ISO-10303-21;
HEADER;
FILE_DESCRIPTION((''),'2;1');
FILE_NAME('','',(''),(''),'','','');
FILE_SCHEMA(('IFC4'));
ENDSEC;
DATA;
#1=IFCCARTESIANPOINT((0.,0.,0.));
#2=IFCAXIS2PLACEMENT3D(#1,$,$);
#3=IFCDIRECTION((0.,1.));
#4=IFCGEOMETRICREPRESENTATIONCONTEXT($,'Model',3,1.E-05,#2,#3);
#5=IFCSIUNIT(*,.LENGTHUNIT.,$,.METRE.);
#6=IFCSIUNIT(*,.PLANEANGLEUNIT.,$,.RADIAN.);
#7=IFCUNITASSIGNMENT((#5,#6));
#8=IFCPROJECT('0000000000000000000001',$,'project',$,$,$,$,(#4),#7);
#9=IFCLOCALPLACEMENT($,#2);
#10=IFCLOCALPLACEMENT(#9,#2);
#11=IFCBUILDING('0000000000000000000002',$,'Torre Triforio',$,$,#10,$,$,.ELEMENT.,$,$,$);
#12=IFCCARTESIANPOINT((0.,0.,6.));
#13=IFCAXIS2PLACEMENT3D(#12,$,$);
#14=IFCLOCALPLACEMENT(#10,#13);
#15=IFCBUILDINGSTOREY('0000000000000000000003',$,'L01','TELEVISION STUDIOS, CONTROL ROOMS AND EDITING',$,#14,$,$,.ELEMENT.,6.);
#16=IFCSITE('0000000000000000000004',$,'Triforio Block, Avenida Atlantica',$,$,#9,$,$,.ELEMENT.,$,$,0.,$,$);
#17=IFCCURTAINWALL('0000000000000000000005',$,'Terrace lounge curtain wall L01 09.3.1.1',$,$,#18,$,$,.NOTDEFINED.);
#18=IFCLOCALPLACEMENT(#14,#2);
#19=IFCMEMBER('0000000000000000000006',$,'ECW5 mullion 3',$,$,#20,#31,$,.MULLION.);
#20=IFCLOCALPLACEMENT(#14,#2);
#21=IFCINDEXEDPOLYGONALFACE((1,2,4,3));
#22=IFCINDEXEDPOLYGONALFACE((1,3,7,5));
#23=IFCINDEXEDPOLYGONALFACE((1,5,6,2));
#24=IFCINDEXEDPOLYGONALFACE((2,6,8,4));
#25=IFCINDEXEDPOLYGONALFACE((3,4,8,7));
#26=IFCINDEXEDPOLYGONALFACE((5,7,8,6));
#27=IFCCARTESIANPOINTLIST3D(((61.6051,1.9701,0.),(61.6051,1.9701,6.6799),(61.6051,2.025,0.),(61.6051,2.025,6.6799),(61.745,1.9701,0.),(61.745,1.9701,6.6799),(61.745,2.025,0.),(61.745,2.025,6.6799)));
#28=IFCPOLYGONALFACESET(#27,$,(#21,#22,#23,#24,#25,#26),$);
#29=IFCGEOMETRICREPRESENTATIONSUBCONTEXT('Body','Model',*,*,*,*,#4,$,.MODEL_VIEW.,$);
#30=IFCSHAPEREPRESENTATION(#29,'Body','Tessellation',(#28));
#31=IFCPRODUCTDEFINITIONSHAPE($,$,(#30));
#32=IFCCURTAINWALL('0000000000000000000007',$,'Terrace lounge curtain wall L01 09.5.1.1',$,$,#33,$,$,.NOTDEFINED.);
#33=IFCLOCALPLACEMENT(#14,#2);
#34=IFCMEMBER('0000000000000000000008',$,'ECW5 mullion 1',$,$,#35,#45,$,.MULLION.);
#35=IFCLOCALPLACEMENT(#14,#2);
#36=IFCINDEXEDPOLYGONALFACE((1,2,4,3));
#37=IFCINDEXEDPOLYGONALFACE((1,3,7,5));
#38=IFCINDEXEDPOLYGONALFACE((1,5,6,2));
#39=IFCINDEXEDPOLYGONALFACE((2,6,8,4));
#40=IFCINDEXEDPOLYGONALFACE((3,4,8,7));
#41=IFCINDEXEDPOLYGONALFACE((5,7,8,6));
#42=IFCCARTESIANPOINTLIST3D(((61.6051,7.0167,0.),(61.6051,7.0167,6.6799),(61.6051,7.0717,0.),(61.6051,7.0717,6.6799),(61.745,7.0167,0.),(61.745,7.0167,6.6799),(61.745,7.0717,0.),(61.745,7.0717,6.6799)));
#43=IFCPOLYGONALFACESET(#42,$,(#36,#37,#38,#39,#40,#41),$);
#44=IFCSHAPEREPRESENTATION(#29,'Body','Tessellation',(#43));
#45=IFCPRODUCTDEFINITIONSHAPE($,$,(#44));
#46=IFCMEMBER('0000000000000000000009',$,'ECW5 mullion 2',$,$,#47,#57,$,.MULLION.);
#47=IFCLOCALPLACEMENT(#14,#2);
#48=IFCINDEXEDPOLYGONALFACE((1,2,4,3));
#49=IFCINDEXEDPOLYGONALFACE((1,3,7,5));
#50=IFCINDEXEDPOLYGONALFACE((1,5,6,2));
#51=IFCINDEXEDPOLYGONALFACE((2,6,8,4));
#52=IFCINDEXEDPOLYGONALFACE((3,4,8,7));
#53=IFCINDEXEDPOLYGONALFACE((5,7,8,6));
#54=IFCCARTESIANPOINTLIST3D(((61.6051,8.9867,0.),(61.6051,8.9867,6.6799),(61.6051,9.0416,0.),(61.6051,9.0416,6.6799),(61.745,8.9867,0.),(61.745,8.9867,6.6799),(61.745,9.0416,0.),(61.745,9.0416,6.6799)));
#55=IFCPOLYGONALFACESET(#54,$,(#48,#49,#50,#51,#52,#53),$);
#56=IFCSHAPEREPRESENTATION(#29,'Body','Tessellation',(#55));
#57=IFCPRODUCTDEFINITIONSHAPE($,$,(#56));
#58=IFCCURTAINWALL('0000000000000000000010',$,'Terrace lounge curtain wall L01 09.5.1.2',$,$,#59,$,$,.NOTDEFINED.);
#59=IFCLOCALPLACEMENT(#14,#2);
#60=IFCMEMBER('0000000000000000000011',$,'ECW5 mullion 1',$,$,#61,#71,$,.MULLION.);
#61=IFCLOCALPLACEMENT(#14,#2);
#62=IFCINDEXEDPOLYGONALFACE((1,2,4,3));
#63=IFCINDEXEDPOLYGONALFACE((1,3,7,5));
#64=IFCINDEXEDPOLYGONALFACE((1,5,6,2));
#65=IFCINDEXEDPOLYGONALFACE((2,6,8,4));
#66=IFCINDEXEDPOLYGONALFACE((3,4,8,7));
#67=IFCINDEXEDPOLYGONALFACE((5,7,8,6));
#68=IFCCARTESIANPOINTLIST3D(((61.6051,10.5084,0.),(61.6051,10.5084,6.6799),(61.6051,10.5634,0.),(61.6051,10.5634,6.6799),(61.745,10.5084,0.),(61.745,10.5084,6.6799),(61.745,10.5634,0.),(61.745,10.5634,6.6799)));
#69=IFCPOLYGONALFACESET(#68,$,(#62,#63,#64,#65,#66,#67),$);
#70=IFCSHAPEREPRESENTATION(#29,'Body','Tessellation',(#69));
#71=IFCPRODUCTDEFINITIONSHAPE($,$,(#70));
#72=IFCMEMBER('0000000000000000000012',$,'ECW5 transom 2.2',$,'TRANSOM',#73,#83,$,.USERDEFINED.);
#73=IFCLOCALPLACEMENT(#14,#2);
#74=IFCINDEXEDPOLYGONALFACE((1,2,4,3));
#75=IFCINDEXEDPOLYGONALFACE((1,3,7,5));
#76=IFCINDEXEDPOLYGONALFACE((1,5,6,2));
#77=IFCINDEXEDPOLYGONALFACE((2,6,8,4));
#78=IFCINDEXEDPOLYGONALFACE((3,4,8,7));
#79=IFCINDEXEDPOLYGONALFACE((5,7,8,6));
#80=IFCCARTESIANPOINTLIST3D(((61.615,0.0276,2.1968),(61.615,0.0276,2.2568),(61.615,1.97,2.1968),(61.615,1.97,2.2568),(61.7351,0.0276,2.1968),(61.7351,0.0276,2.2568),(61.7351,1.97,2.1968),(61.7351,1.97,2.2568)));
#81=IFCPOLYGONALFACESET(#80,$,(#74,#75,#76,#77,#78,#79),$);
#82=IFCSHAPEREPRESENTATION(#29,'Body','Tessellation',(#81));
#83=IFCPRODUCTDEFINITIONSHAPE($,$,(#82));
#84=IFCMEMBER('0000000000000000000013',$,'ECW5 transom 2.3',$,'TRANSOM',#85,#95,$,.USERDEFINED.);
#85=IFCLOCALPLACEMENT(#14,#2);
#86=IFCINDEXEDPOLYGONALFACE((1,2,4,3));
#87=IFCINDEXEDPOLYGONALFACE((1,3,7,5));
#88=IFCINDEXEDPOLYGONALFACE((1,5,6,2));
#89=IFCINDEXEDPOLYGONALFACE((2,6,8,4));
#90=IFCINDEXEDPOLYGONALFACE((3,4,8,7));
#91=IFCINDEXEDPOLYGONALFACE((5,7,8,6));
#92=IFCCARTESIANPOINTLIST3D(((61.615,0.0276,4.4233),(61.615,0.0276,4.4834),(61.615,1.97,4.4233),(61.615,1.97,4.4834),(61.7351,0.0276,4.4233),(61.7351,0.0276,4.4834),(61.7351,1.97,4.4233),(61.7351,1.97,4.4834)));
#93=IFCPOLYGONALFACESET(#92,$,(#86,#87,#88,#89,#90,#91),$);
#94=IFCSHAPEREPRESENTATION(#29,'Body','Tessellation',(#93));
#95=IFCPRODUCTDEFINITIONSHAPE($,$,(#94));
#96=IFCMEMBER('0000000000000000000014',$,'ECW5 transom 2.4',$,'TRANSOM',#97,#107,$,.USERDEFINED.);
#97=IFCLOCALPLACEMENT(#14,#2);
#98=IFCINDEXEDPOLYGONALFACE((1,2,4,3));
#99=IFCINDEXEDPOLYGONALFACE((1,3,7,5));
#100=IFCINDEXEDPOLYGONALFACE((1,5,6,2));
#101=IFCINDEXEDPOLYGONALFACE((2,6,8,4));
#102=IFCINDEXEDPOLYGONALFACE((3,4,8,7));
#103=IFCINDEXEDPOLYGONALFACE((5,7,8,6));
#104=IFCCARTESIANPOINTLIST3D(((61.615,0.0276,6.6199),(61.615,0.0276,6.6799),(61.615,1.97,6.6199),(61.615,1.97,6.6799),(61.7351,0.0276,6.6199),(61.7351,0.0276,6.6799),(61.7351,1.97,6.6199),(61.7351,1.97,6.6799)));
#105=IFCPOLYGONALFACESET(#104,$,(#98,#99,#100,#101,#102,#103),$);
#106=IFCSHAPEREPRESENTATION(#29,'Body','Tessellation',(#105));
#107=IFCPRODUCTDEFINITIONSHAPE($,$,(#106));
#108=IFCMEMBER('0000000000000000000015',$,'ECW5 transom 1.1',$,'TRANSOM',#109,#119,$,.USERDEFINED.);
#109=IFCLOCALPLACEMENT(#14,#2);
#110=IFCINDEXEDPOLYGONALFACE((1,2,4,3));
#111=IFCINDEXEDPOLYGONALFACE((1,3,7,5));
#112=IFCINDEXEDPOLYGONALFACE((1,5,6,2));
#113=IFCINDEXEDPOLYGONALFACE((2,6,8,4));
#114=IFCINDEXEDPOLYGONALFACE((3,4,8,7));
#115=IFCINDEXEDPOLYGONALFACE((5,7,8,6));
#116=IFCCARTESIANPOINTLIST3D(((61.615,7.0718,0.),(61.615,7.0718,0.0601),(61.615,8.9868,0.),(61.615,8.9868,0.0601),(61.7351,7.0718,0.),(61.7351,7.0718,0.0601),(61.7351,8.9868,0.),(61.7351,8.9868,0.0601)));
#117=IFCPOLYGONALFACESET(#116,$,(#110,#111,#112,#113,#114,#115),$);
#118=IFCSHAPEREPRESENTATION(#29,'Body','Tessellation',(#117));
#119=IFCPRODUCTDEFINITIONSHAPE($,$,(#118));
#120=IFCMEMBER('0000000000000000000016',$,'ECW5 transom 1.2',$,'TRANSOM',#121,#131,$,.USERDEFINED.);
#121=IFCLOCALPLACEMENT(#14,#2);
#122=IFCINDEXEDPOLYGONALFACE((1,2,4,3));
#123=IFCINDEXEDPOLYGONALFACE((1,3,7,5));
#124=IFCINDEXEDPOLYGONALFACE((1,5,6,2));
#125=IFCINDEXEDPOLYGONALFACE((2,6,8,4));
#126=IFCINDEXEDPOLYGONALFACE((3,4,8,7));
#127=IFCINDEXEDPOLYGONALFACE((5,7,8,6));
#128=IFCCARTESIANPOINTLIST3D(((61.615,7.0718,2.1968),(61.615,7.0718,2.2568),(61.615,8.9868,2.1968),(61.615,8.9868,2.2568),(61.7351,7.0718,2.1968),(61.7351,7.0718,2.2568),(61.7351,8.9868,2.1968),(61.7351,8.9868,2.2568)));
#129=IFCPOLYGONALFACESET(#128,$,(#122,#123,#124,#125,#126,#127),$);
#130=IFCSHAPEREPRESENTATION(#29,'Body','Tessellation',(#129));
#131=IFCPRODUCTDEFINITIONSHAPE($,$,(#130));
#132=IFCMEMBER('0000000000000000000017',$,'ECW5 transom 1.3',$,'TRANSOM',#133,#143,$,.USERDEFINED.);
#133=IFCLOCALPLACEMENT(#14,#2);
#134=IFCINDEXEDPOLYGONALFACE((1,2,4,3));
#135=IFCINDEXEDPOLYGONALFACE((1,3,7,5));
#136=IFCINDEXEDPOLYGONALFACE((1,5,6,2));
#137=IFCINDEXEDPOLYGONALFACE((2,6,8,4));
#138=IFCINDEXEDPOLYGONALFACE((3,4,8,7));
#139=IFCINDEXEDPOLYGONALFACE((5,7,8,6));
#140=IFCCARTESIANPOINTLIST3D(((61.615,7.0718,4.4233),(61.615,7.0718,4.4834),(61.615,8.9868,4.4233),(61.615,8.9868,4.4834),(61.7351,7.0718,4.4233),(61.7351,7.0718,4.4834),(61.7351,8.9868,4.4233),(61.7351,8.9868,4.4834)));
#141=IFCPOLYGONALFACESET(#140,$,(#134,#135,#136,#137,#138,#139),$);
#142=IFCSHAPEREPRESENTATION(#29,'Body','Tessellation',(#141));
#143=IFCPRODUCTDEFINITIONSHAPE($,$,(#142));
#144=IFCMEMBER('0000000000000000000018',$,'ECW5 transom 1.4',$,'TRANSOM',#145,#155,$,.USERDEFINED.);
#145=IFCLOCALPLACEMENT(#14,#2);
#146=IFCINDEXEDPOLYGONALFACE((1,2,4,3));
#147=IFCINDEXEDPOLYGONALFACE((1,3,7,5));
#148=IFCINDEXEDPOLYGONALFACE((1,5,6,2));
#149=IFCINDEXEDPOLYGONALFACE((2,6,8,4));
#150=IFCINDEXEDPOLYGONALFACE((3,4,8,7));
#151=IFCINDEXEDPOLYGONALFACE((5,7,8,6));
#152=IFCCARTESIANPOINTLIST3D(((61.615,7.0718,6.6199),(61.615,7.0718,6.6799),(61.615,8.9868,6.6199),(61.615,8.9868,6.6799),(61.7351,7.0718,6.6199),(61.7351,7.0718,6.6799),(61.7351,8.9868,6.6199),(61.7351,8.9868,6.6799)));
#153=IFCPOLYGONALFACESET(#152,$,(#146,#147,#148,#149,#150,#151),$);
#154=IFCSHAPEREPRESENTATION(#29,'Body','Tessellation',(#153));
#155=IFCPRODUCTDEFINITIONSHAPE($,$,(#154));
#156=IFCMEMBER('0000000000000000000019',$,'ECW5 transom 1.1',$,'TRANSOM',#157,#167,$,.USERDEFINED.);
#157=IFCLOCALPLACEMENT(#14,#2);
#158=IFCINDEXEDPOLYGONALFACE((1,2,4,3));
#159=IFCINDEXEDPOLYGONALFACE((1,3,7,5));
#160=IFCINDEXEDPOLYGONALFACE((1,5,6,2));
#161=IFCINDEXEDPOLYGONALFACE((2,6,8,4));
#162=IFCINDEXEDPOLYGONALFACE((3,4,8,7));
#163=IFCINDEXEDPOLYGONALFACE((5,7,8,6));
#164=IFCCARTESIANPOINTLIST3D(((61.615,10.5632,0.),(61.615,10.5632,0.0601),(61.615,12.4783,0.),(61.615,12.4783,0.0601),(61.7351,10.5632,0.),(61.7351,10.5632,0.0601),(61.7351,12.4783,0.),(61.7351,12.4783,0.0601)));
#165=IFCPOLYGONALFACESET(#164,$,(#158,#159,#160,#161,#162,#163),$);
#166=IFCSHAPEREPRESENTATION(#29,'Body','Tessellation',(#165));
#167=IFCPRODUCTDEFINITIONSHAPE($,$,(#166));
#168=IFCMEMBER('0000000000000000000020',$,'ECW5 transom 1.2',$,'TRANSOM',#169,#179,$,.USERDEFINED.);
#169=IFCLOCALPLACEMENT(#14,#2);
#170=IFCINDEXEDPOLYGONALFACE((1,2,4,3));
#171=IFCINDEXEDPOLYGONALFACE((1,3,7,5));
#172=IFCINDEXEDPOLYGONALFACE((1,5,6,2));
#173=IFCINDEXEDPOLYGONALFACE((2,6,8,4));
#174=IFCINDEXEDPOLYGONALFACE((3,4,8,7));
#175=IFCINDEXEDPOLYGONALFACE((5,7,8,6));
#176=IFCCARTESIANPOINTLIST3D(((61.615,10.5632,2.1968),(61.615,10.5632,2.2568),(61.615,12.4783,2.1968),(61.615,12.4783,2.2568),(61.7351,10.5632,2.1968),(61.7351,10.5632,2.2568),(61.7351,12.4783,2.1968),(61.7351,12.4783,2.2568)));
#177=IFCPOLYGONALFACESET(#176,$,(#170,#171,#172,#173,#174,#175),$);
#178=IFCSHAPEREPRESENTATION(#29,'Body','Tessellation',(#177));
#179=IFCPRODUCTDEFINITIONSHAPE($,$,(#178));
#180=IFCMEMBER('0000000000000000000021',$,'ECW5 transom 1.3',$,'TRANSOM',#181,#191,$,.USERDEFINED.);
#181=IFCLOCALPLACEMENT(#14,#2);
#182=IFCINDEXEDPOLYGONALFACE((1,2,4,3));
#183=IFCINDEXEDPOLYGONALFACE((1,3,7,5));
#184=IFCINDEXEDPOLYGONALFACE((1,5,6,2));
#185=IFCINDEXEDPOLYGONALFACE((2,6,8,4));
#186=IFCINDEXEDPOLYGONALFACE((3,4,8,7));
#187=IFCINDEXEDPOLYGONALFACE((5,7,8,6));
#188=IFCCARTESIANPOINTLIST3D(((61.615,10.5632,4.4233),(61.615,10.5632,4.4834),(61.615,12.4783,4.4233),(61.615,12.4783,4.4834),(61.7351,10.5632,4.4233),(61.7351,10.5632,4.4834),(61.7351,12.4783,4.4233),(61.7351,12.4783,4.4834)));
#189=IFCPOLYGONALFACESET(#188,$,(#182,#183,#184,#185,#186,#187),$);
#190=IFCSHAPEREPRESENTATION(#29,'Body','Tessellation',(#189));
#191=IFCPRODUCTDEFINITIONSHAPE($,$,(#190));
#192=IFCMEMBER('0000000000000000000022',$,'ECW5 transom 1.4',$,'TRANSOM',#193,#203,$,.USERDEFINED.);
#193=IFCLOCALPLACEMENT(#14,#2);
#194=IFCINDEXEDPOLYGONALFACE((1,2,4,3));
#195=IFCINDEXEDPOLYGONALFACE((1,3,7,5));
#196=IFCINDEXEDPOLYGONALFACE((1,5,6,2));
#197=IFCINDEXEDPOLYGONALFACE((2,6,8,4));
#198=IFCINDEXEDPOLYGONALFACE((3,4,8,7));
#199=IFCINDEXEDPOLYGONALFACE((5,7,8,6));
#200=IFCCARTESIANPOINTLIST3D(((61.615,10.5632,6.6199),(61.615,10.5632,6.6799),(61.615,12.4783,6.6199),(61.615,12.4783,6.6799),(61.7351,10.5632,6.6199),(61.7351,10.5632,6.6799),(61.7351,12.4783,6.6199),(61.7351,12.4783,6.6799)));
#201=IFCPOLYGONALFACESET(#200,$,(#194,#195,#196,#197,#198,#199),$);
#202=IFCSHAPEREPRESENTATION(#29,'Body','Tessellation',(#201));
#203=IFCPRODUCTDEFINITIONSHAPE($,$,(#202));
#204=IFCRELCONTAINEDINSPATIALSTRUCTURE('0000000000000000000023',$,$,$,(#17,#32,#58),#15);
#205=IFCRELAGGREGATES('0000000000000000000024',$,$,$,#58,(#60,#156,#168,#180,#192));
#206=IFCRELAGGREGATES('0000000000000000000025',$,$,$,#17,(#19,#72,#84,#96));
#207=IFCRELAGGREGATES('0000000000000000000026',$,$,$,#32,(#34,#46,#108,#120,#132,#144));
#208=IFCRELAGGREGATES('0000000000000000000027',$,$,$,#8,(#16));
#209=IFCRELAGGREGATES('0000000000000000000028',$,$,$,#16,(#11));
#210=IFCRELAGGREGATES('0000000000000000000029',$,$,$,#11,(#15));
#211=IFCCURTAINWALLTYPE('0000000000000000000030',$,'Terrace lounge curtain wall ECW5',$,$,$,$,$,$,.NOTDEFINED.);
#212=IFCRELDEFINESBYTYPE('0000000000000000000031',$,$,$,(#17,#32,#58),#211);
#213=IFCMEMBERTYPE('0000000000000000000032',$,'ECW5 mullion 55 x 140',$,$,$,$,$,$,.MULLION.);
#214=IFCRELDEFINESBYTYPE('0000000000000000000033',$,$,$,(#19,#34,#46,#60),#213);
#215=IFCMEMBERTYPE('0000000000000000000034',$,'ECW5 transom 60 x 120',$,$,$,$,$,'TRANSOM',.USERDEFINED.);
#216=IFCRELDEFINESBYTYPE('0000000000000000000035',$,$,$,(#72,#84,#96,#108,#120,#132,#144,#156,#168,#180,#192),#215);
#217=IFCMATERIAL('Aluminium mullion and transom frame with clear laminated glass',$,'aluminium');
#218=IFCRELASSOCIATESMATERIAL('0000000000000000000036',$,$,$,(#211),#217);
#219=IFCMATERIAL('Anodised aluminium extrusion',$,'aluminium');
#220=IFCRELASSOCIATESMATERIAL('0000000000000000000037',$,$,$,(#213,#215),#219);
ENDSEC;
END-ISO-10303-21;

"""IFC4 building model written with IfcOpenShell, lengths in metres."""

from ifc_helpers import new_model, si_unit, direction, frame, origin, origin_2d, place, context, subcontext, project, spatial, rectangle, extrude, material, material_profile, profile_set, type_object, element, aggregate, save


model = new_model("IFC4")

# Units and contexts
model_context = context("Model", 3, precision=1e-05, world=origin(), true_north=direction((0.0, 1.0)))
body_context = subcontext(model_context, "Body", "Model", "MODEL_VIEW")
ifc_project = project(units=[si_unit("LENGTHUNIT", "METRE"), si_unit("PLANEANGLEUNIT", "RADIAN")], contexts=[model_context])

# Site, building, storey
site_placement = place(None, origin())
site = spatial("IfcSite", under=ifc_project, at=site_placement, Name="Triforio Block, Avenida Atlantica", CompositionType="ELEMENT", RefElevation=0.0)
building_placement = place(site_placement, origin())
building = spatial("IfcBuilding", under=site, at=building_placement, Name="Torre Triforio", CompositionType="ELEMENT")
storey_placement = place(building_placement, frame((0.0, 0.0, 6.0)))
storey = spatial("IfcBuildingStorey", under=building, at=storey_placement, Name="L01", Description="TELEVISION STUDIOS, CONTROL ROOMS AND EDITING", CompositionType="ELEMENT", Elevation=6.0)

# Curtain wall, member
ifc_material_1 = material(Name="Aluminium mullion and transom frame with clear laminated glass", Category="aluminium")
curtain_wall_type = type_object("IfcCurtainWallType", Name="Terrace lounge curtain wall ECW5", PredefinedType="NOTDEFINED", material=ifc_material_1)
curtain_wall_1_placement = place(storey_placement, origin())
curtain_wall_1 = element("IfcCurtainWall", 1, at=curtain_wall_1_placement, inside=storey, type_object=curtain_wall_type, Name="Terrace lounge curtain wall L01 09.3.1.1", PredefinedType="NOTDEFINED")
ifc_material_2 = material(Name="Anodised aluminium extrusion", Category="aluminium")
ifc_material_profile_1 = material_profile(ifc_material_2, rectangle(XDim=0.1399, YDim=0.0549, at=origin_2d()), Name="ECW5 MULLION 55x140")
ifc_profile_set_1 = profile_set([ifc_material_profile_1], Name="Anodised aluminium extrusion")
member_type_1 = type_object("IfcMemberType", Name="ECW5 mullion 55 x 140", PredefinedType="MULLION", material=ifc_profile_set_1)
member_1_placement = place(storey_placement, frame((61.675, 1.9976, 0.0), z_axis=(0.0, 0.0, 1.0), x_axis=(-1.0, 0.0, 0.0)))
member_1 = element("IfcMember", 2, at=member_1_placement, type_object=member_type_1, Name="ECW5 mullion 3", PredefinedType="MULLION", context=body_context, shape_type="SweptSolid", body=[
    extrude(rectangle(XDim=0.1399, YDim=0.0549, at=origin_2d()), origin(), (0.0, 0.0, 1.0), 6.6799),
])

# Curtain wall, members
curtain_wall_2_placement = place(storey_placement, origin())
curtain_wall_2 = element("IfcCurtainWall", 3, at=curtain_wall_2_placement, inside=storey, type_object=curtain_wall_type, Name="Terrace lounge curtain wall L01 09.5.1.1", PredefinedType="NOTDEFINED")
member_2_placement = place(storey_placement, frame((61.675, 7.0442, 0.0), z_axis=(0.0, 0.0, 1.0), x_axis=(-1.0, 0.0, 0.0)))
member_2 = element("IfcMember", 4, at=member_2_placement, type_object=member_type_1, Name="ECW5 mullion 1", PredefinedType="MULLION", context=body_context, shape_type="SweptSolid", body=[
    extrude(rectangle(XDim=0.1399, YDim=0.0549, at=origin_2d()), origin(), (0.0, 0.0, 1.0), 6.6799),
])
member_3_placement = place(storey_placement, frame((61.675, 9.0142, 0.0), z_axis=(0.0, 0.0, 1.0), x_axis=(-1.0, 0.0, 0.0)))
member_3 = element("IfcMember", 5, at=member_3_placement, type_object=member_type_1, Name="ECW5 mullion 2", PredefinedType="MULLION", context=body_context, shape_type="SweptSolid", body=[
    extrude(rectangle(XDim=0.1399, YDim=0.0549, at=origin_2d()), origin(), (0.0, 0.0, 1.0), 6.6799),
])

# Curtain wall, member
curtain_wall_3_placement = place(storey_placement, origin())
curtain_wall_3 = element("IfcCurtainWall", 6, at=curtain_wall_3_placement, inside=storey, type_object=curtain_wall_type, Name="Terrace lounge curtain wall L01 09.5.1.2", PredefinedType="NOTDEFINED")
member_4_placement = place(storey_placement, frame((61.675, 10.5359, 0.0), z_axis=(0.0, 0.0, 1.0), x_axis=(-1.0, 0.0, 0.0)))
member_4 = element("IfcMember", 7, at=member_4_placement, type_object=member_type_1, Name="ECW5 mullion 1", PredefinedType="MULLION", context=body_context, shape_type="SweptSolid", body=[
    extrude(rectangle(XDim=0.1399, YDim=0.0549, at=origin_2d()), origin(), (0.0, 0.0, 1.0), 6.6799),
])

# Members
ifc_material_profile_2 = material_profile(ifc_material_2, rectangle(XDim=0.1201, YDim=0.0601, at=origin_2d()), Name="ECW5 TRANSOM 60x120")
ifc_profile_set_2 = profile_set([ifc_material_profile_2], Name="Anodised aluminium extrusion")
member_type_2 = type_object("IfcMemberType", Name="ECW5 transom 60 x 120", ElementType="TRANSOM", PredefinedType="USERDEFINED", material=ifc_profile_set_2)
member_5_placement = place(storey_placement, frame((61.675, 0.0276, 2.2268), z_axis=(0.0, 1.0, 0.0), x_axis=(-1.0, 0.0, 0.0)))
member_5 = element("IfcMember", 8, at=member_5_placement, type_object=member_type_2, Name="ECW5 transom 2.2", ObjectType="TRANSOM", PredefinedType="USERDEFINED", context=body_context, shape_type="SweptSolid", body=[
    extrude(rectangle(XDim=0.1201, YDim=0.0601, at=origin_2d()), origin(), (0.0, 0.0, 1.0), 1.9424),
])
member_6_placement = place(storey_placement, frame((61.675, 0.0276, 4.4534), z_axis=(0.0, 1.0, 0.0), x_axis=(-1.0, 0.0, 0.0)))
member_6 = element("IfcMember", 9, at=member_6_placement, type_object=member_type_2, Name="ECW5 transom 2.3", ObjectType="TRANSOM", PredefinedType="USERDEFINED", context=body_context, shape_type="SweptSolid", body=[
    extrude(rectangle(XDim=0.1201, YDim=0.0601, at=origin_2d()), origin(), (0.0, 0.0, 1.0), 1.9424),
])
member_7_placement = place(storey_placement, frame((61.675, 0.0276, 6.6499), z_axis=(0.0, 1.0, 0.0), x_axis=(-1.0, 0.0, 0.0)))
member_7 = element("IfcMember", 10, at=member_7_placement, type_object=member_type_2, Name="ECW5 transom 2.4", ObjectType="TRANSOM", PredefinedType="USERDEFINED", context=body_context, shape_type="SweptSolid", body=[
    extrude(rectangle(XDim=0.1201, YDim=0.0601, at=origin_2d()), origin(), (0.0, 0.0, 1.0), 1.9424),
])
member_8_placement = place(storey_placement, frame((61.675, 7.0718, 0.03), z_axis=(0.0, 1.0, 0.0), x_axis=(-1.0, 0.0, 0.0)))
member_8 = element("IfcMember", 11, at=member_8_placement, type_object=member_type_2, Name="ECW5 transom 1.1", ObjectType="TRANSOM", PredefinedType="USERDEFINED", context=body_context, shape_type="SweptSolid", body=[
    extrude(rectangle(XDim=0.1201, YDim=0.0601, at=origin_2d()), origin(), (0.0, 0.0, 1.0), 1.915),
])
member_9_placement = place(storey_placement, frame((61.675, 7.0718, 2.2268), z_axis=(0.0, 1.0, 0.0), x_axis=(-1.0, 0.0, 0.0)))
member_9 = element("IfcMember", 12, at=member_9_placement, type_object=member_type_2, Name="ECW5 transom 1.2", ObjectType="TRANSOM", PredefinedType="USERDEFINED", context=body_context, shape_type="SweptSolid", body=[
    extrude(rectangle(XDim=0.1201, YDim=0.0601, at=origin_2d()), origin(), (0.0, 0.0, 1.0), 1.915),
])
member_10_placement = place(storey_placement, frame((61.675, 7.0718, 4.4534), z_axis=(0.0, 1.0, 0.0), x_axis=(-1.0, 0.0, 0.0)))
member_10 = element("IfcMember", 13, at=member_10_placement, type_object=member_type_2, Name="ECW5 transom 1.3", ObjectType="TRANSOM", PredefinedType="USERDEFINED", context=body_context, shape_type="SweptSolid", body=[
    extrude(rectangle(XDim=0.1201, YDim=0.0601, at=origin_2d()), origin(), (0.0, 0.0, 1.0), 1.915),
])
member_11_placement = place(storey_placement, frame((61.675, 7.0718, 6.6499), z_axis=(0.0, 1.0, 0.0), x_axis=(-1.0, 0.0, 0.0)))
member_11 = element("IfcMember", 14, at=member_11_placement, type_object=member_type_2, Name="ECW5 transom 1.4", ObjectType="TRANSOM", PredefinedType="USERDEFINED", context=body_context, shape_type="SweptSolid", body=[
    extrude(rectangle(XDim=0.1201, YDim=0.0601, at=origin_2d()), origin(), (0.0, 0.0, 1.0), 1.915),
])
member_12_placement = place(storey_placement, frame((61.675, 10.5632, 0.03), z_axis=(0.0, 1.0, 0.0), x_axis=(-1.0, 0.0, 0.0)))
member_12 = element("IfcMember", 15, at=member_12_placement, type_object=member_type_2, Name="ECW5 transom 1.1", ObjectType="TRANSOM", PredefinedType="USERDEFINED", context=body_context, shape_type="SweptSolid", body=[
    extrude(rectangle(XDim=0.1201, YDim=0.0601, at=origin_2d()), origin(), (0.0, 0.0, 1.0), 1.915),
])
member_13_placement = place(storey_placement, frame((61.675, 10.5632, 2.2268), z_axis=(0.0, 1.0, 0.0), x_axis=(-1.0, 0.0, 0.0)))
member_13 = element("IfcMember", 16, at=member_13_placement, type_object=member_type_2, Name="ECW5 transom 1.2", ObjectType="TRANSOM", PredefinedType="USERDEFINED", context=body_context, shape_type="SweptSolid", body=[
    extrude(rectangle(XDim=0.1201, YDim=0.0601, at=origin_2d()), origin(), (0.0, 0.0, 1.0), 1.915),
])
member_14_placement = place(storey_placement, frame((61.675, 10.5632, 4.4534), z_axis=(0.0, 1.0, 0.0), x_axis=(-1.0, 0.0, 0.0)))
member_14 = element("IfcMember", 17, at=member_14_placement, type_object=member_type_2, Name="ECW5 transom 1.3", ObjectType="TRANSOM", PredefinedType="USERDEFINED", context=body_context, shape_type="SweptSolid", body=[
    extrude(rectangle(XDim=0.1201, YDim=0.0601, at=origin_2d()), origin(), (0.0, 0.0, 1.0), 1.915),
])
member_15_placement = place(storey_placement, frame((61.675, 10.5632, 6.6499), z_axis=(0.0, 1.0, 0.0), x_axis=(-1.0, 0.0, 0.0)))
member_15 = element("IfcMember", 18, at=member_15_placement, type_object=member_type_2, Name="ECW5 transom 1.4", ObjectType="TRANSOM", PredefinedType="USERDEFINED", context=body_context, shape_type="SweptSolid", body=[
    extrude(rectangle(XDim=0.1201, YDim=0.0601, at=origin_2d()), origin(), (0.0, 0.0, 1.0), 1.915),
])
aggregate(curtain_wall_3, [member_4, member_12, member_13, member_14, member_15])

aggregate(curtain_wall_1, [member_1, member_5, member_6, member_7])
aggregate(curtain_wall_2, [member_2, member_3, member_8, member_9, member_10, member_11])

save(model, "model.ifc")
